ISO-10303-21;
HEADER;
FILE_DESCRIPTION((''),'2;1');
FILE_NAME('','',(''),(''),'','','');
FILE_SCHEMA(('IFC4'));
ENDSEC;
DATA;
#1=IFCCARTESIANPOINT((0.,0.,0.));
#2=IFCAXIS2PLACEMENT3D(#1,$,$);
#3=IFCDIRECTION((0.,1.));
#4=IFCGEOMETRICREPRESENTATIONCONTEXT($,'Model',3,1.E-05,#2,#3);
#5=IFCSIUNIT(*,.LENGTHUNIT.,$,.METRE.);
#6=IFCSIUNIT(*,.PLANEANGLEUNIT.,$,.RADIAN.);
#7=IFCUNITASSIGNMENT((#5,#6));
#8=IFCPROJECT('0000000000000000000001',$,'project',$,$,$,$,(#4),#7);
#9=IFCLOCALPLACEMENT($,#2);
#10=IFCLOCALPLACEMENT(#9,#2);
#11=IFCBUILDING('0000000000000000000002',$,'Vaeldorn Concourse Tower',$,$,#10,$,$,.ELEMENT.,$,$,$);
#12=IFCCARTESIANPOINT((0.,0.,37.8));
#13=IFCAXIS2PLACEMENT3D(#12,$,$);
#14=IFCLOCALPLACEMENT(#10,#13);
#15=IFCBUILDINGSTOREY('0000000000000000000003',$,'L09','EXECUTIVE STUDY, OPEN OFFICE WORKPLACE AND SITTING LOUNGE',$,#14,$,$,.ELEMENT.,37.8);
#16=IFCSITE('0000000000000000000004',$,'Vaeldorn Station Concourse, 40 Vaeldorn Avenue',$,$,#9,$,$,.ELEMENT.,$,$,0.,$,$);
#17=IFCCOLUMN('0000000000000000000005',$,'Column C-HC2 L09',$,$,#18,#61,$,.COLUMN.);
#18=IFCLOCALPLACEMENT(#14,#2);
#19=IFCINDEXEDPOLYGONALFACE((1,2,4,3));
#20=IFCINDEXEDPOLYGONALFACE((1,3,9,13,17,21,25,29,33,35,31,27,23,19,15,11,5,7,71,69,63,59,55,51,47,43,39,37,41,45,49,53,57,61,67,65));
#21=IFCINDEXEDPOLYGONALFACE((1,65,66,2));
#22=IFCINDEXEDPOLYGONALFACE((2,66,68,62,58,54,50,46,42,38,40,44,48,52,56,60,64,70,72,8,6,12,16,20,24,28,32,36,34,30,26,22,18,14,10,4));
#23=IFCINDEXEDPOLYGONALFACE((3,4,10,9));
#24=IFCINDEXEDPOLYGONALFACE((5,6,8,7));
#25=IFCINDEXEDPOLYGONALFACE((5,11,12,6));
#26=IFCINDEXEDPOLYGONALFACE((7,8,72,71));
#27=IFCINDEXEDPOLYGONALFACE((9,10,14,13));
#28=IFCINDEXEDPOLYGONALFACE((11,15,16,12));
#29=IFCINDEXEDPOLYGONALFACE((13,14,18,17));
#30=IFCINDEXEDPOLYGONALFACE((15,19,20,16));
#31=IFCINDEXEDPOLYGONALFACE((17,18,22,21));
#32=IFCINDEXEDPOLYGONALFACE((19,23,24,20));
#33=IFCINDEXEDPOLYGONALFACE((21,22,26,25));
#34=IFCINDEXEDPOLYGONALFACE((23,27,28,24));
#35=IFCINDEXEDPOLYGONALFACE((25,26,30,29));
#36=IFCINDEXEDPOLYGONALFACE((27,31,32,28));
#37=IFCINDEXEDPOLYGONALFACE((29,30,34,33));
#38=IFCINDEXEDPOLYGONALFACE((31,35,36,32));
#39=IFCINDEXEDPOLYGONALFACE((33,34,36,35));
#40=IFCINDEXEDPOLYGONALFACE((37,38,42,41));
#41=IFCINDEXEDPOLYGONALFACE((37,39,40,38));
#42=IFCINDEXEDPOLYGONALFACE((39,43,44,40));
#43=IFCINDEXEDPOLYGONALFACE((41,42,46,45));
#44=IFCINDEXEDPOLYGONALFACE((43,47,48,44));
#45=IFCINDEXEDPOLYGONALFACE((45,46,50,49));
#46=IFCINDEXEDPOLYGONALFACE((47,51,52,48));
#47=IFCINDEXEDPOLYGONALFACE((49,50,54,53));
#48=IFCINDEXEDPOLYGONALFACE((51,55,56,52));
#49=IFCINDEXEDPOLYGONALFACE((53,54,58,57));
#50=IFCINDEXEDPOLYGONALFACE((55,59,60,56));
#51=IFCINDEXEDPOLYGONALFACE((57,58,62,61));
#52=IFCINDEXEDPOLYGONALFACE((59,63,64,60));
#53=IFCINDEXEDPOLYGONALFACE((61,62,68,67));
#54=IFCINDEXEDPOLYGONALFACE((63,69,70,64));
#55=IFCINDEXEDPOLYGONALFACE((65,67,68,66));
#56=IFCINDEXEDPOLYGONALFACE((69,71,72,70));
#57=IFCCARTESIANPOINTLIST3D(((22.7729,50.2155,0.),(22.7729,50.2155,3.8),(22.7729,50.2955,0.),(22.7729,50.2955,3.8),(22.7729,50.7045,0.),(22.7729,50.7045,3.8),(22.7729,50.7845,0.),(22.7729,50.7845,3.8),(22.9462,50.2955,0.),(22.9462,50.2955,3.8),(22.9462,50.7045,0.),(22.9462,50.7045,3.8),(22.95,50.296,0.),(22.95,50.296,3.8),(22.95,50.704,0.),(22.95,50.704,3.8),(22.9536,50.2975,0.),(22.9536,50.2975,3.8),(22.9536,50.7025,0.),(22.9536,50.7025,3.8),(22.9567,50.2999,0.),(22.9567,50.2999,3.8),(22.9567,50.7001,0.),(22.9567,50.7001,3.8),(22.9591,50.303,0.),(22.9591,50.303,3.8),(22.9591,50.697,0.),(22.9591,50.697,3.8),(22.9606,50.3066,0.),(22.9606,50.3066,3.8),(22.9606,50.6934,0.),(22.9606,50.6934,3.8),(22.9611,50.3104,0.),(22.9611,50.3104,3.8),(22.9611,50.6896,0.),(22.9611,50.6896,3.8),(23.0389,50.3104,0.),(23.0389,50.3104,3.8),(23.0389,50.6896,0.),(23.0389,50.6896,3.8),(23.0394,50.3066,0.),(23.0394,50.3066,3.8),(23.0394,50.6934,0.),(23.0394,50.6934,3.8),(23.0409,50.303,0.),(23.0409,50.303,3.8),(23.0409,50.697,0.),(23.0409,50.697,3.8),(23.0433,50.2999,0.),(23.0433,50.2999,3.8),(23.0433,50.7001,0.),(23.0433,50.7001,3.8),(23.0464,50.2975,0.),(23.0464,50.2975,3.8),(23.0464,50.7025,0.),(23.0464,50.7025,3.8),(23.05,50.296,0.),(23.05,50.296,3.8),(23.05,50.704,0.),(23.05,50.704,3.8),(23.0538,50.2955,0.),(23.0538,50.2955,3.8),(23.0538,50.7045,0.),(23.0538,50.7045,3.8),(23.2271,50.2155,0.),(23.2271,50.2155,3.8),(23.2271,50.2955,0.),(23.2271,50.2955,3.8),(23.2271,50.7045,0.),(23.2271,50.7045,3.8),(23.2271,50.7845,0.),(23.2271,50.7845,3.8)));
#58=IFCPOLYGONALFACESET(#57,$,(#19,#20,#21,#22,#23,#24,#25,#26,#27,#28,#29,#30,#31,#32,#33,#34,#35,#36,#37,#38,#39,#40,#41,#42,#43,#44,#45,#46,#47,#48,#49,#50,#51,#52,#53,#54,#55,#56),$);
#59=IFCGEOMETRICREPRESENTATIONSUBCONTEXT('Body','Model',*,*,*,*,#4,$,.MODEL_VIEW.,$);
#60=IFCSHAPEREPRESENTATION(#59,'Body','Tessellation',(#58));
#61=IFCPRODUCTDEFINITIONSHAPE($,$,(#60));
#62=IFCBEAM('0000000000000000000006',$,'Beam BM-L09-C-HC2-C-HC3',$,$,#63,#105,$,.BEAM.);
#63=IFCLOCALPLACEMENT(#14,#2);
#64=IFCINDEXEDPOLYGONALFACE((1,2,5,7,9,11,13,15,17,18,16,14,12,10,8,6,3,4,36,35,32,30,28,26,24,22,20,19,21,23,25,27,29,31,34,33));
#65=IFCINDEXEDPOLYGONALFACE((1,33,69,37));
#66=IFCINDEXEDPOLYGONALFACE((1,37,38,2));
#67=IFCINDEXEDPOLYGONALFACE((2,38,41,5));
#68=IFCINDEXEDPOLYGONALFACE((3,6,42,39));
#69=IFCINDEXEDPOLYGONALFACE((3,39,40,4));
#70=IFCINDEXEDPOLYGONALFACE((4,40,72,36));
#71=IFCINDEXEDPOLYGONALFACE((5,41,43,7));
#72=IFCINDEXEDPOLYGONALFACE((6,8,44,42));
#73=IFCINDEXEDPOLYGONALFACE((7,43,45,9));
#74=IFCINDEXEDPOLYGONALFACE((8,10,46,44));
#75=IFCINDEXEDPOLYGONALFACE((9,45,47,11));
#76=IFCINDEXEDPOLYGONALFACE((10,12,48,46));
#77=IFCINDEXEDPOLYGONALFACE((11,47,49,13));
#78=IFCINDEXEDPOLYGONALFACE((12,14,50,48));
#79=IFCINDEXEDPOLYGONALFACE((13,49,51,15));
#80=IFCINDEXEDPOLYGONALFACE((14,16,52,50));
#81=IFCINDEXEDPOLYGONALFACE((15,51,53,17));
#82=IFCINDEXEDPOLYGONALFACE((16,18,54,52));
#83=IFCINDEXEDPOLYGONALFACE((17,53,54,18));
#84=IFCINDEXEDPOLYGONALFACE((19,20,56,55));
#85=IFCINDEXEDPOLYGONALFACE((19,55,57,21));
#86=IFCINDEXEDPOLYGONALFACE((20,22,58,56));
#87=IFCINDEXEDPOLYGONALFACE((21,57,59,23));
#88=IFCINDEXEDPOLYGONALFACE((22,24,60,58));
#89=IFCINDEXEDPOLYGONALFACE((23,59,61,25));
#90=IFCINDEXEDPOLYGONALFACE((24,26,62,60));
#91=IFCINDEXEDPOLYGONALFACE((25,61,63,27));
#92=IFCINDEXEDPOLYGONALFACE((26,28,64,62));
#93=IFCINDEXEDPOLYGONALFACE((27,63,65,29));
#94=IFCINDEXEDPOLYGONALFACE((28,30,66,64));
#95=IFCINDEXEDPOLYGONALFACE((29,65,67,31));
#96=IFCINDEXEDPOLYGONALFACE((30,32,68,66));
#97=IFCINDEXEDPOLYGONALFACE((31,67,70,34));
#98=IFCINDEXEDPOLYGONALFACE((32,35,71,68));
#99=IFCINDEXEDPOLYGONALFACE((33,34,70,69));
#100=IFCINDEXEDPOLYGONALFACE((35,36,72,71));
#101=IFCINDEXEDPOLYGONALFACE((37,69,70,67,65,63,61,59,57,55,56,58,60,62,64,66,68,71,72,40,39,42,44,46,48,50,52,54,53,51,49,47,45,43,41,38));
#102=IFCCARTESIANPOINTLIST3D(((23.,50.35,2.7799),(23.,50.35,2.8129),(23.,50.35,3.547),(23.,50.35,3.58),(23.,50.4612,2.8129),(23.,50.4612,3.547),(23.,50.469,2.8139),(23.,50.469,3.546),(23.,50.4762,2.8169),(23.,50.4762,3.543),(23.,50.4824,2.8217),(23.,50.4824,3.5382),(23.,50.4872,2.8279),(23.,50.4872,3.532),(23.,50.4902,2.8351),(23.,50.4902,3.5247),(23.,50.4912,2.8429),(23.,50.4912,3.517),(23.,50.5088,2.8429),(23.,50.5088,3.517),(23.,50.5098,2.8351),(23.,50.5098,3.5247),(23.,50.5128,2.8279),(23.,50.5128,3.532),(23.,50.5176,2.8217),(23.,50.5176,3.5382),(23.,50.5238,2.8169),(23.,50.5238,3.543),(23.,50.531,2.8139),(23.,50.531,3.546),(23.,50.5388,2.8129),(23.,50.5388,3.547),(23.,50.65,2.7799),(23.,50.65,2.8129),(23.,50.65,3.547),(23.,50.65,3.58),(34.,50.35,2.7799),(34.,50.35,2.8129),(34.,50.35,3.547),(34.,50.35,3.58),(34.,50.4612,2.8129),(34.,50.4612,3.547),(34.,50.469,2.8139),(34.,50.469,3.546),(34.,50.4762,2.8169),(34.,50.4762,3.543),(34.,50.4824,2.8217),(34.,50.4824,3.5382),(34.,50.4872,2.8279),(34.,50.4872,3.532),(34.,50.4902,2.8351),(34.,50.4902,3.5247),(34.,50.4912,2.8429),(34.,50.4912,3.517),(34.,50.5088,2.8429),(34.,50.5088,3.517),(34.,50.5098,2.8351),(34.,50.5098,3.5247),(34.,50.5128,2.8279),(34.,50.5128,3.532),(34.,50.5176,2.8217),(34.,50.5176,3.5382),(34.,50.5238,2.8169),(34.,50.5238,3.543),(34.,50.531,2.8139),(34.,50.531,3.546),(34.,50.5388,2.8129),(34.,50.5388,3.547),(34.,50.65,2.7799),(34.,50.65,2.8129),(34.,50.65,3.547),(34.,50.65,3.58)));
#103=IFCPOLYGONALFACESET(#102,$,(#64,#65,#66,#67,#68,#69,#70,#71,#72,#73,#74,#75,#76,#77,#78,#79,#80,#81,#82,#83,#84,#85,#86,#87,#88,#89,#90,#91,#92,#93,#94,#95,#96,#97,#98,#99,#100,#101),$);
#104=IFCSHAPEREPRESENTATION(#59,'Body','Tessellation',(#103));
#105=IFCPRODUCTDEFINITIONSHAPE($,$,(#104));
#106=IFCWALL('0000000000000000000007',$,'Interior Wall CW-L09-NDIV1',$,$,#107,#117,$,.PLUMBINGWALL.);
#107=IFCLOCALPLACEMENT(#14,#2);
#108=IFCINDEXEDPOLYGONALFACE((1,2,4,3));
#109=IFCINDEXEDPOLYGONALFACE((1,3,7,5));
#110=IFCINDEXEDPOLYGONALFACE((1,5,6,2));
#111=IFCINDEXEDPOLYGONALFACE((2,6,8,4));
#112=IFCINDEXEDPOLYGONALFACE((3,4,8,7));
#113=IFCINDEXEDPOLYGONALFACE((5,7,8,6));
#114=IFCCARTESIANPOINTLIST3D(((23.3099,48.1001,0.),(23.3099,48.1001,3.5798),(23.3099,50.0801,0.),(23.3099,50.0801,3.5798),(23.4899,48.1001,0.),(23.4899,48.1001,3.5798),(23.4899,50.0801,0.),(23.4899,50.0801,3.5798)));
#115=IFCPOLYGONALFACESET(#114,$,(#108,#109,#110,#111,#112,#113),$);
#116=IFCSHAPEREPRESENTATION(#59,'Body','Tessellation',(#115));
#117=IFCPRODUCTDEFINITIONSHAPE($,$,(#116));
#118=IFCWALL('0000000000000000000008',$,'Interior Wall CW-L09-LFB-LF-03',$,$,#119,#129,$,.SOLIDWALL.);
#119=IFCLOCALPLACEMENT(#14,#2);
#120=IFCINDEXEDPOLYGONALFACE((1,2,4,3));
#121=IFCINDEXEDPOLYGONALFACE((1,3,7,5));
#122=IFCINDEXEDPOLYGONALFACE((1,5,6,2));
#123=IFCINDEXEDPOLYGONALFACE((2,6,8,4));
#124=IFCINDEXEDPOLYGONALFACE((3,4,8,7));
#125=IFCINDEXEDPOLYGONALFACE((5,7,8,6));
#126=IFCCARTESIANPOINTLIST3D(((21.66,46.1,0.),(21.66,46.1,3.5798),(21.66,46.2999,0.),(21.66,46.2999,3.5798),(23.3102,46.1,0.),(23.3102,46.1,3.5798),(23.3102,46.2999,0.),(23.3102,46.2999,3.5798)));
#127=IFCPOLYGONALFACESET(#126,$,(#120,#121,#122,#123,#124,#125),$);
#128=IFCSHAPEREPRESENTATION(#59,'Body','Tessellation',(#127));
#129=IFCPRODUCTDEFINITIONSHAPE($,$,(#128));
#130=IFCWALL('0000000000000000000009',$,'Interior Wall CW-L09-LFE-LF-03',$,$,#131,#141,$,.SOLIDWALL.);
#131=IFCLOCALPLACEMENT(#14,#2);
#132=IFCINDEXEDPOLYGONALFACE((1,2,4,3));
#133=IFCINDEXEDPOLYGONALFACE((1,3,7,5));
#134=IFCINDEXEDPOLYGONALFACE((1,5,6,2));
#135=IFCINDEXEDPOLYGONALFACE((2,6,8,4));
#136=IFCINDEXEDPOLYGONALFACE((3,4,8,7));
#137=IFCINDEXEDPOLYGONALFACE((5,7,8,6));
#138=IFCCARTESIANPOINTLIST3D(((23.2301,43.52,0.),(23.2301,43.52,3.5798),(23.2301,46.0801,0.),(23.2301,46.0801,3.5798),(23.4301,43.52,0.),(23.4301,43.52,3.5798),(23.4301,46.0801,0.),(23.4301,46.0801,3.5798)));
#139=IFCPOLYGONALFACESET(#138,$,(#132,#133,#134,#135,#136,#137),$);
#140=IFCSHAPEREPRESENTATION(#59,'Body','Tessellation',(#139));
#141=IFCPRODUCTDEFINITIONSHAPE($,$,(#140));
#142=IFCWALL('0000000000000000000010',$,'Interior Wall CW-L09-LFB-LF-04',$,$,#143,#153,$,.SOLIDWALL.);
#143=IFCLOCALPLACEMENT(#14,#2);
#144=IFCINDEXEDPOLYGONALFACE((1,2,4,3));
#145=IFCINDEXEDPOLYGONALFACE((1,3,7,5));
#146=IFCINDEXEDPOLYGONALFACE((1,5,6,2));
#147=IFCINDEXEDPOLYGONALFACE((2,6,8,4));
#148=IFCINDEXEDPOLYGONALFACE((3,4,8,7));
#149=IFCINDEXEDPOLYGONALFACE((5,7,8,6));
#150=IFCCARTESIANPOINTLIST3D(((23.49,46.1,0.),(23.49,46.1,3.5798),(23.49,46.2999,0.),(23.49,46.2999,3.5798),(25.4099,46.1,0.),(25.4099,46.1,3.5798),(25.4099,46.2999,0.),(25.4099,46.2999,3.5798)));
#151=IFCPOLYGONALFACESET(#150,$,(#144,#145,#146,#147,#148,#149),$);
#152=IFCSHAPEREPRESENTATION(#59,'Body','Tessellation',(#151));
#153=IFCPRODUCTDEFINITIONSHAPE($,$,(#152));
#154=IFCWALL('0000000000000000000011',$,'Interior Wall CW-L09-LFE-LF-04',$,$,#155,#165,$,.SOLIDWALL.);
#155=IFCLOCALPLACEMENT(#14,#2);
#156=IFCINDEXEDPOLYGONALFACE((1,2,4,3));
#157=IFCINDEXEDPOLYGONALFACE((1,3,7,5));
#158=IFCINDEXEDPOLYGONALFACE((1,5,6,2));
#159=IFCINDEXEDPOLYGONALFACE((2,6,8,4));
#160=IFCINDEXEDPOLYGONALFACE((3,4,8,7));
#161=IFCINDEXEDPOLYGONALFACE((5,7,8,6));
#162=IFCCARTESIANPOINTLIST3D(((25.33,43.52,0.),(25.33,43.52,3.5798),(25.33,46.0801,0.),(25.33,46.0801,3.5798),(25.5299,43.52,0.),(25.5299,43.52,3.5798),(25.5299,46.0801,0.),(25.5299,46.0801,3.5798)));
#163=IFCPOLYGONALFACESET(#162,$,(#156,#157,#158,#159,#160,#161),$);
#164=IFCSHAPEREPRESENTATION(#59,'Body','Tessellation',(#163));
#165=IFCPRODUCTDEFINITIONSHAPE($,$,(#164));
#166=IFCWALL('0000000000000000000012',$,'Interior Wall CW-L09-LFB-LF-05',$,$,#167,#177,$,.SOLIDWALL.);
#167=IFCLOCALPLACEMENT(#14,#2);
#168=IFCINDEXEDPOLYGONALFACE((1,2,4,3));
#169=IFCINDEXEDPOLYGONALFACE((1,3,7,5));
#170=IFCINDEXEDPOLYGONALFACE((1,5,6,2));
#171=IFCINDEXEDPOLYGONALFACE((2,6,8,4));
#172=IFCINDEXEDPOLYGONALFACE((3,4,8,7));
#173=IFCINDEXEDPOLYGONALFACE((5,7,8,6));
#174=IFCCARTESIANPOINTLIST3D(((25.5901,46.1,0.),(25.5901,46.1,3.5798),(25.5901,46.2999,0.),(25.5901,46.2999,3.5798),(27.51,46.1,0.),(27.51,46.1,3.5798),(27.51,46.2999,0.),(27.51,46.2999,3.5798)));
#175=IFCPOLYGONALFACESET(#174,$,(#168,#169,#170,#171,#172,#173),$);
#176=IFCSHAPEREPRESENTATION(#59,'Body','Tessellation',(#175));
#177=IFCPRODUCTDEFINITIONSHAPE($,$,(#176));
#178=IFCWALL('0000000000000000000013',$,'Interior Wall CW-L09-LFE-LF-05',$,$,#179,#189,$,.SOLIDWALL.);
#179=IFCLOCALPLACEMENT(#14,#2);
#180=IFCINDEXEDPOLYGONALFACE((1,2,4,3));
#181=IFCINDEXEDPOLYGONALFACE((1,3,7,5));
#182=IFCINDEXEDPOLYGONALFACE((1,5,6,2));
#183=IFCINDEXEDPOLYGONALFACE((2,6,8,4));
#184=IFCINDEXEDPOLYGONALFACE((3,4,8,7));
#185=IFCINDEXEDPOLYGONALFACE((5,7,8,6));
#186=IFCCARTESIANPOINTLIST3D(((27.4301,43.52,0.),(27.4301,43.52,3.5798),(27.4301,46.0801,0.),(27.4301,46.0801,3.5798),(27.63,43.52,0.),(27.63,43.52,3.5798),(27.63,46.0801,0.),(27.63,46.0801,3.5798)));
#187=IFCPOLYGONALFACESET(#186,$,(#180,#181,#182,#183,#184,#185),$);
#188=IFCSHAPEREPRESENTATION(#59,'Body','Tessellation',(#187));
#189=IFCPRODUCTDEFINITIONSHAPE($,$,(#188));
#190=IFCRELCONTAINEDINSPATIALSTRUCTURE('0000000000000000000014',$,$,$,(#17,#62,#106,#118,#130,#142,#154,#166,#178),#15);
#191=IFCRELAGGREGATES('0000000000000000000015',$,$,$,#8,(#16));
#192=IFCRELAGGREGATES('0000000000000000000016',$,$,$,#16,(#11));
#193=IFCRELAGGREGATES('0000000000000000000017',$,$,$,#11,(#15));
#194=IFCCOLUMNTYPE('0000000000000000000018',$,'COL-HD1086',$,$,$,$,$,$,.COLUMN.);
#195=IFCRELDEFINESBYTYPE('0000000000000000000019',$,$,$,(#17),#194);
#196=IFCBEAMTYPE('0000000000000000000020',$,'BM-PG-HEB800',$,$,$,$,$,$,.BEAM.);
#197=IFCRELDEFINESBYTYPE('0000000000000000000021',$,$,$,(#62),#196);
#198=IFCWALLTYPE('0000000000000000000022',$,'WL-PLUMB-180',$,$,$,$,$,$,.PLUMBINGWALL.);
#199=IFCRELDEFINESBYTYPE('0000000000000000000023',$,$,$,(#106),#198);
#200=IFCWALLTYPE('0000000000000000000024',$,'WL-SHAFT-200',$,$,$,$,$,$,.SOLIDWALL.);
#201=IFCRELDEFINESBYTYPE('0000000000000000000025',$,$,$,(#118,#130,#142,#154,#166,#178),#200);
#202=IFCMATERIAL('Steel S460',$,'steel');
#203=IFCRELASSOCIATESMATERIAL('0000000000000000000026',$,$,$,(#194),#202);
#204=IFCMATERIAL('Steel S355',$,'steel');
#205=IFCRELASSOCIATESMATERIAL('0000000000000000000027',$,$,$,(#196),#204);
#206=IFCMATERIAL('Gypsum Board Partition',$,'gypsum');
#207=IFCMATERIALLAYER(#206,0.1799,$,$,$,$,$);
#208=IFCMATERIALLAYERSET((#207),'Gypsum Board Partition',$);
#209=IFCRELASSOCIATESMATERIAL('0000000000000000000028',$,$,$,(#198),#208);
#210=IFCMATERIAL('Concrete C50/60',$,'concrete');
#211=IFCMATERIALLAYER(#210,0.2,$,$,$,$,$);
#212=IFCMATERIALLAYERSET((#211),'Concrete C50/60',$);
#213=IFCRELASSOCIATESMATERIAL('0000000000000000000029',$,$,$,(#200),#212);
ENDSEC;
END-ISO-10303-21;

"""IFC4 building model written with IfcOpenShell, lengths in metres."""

from ifc_helpers import new_model, si_unit, direction, frame, frame_2d, origin, origin_2d, place, context, subcontext, project, spatial, rectangle, i_section, extrude, source, transform, mapped, material, layer, layer_set, material_profile, profile_set, type_object, element, save


model = new_model("IFC4")

# Units and contexts
model_context = context("Model", 3, precision=1e-05, world=origin(), true_north=direction((0.0, 1.0)))
body_context = subcontext(model_context, "Body", "Model", "MODEL_VIEW")
ifc_project = project(units=[si_unit("LENGTHUNIT", "METRE"), si_unit("PLANEANGLEUNIT", "RADIAN")], contexts=[model_context])

# Site, building, storey
site_placement = place(None, origin())
site = spatial("IfcSite", under=ifc_project, at=site_placement, Name="Vaeldorn Station Concourse, 40 Vaeldorn Avenue", CompositionType="ELEMENT", RefElevation=0.0)
building_placement = place(site_placement, origin())
building = spatial("IfcBuilding", under=site, at=building_placement, Name="Vaeldorn Concourse Tower", CompositionType="ELEMENT")
storey_placement = place(building_placement, frame((0.0, 0.0, 37.8)))
storey = spatial("IfcBuildingStorey", under=building, at=storey_placement, Name="L09", Description="EXECUTIVE STUDY, OPEN OFFICE WORKPLACE AND SITTING LOUNGE", CompositionType="ELEMENT", Elevation=37.8)

# Column
ifc_material_1 = material(Name="Steel S460", Category="steel")
ifc_material_profile_1 = material_profile(ifc_material_1, i_section(OverallWidth=0.4541, OverallDepth=0.5691, WebThickness=0.0779, FlangeThickness=0.0801, FilletRadius=0.0149, at=origin_2d()), Name="HD 400x1086")
ifc_profile_set_1 = profile_set([ifc_material_profile_1], Name="Steel S460")
column_type = type_object("IfcColumnType", Name="COL-HD1086", PredefinedType="COLUMN", material=ifc_profile_set_1)
shared_shape_1 = source(origin(), body_context, "Body", "SweptSolid", [
    extrude(i_section(OverallWidth=0.4541, OverallDepth=0.5691, WebThickness=0.0779, FlangeThickness=0.0801, FilletRadius=0.0149, at=origin_2d()), origin(), (0.0, 0.0, 1.0), 3.8),
])
column_placement = place(storey_placement, frame((23.0, 50.5, 0.0), z_axis=(0.0, 0.0, 1.0), x_axis=(1.0, 0.0, 0.0)))
element("IfcColumn", 1, at=column_placement, inside=storey, type_object=column_type, Name="Column C-HC2 L09", PredefinedType="COLUMN", context=body_context, shape_type="MappedRepresentation", body=[
    mapped(shared_shape_1, transform((0.0, 0.0, 0.0), scale=1.0)),
])

# Beam
ifc_material_2 = material(Name="Steel S355", Category="steel")
ifc_material_profile_2 = material_profile(ifc_material_2, i_section(OverallWidth=0.3, OverallDepth=0.8, WebThickness=0.0176, FlangeThickness=0.033, FilletRadius=0.03, at=origin_2d()), Name="HEB 800")
ifc_profile_set_2 = profile_set([ifc_material_profile_2], Name="Steel S355")
beam_type = type_object("IfcBeamType", Name="BM-PG-HEB800", PredefinedType="BEAM", material=ifc_profile_set_2)
shared_shape_2 = source(origin(), body_context, "Body", "SweptSolid", [
    extrude(i_section(OverallWidth=0.3, OverallDepth=0.8, WebThickness=0.0176, FlangeThickness=0.033, FilletRadius=0.03, at=origin_2d()), origin(), (0.0, 0.0, 1.0), 11.0),
])
beam_placement = place(storey_placement, frame((23.0, 50.5, 3.1799), z_axis=(1.0, 0.0, 0.0), x_axis=(0.0, 1.0, 0.0)))
element("IfcBeam", 2, at=beam_placement, inside=storey, type_object=beam_type, Name="Beam BM-L09-C-HC2-C-HC3", PredefinedType="BEAM", context=body_context, shape_type="MappedRepresentation", body=[
    mapped(shared_shape_2, transform((0.0, 0.0, 0.0), scale=1.0)),
])

# Walls
ifc_material_3 = material(Name="Gypsum Board Partition", Category="gypsum")
ifc_layer_1 = layer(ifc_material_3, 0.1799)
ifc_layer_set_1 = layer_set([ifc_layer_1], Name="Gypsum Board Partition")
wall_type_1 = type_object("IfcWallType", Name="WL-PLUMB-180", PredefinedType="PLUMBINGWALL", material=ifc_layer_set_1)
wall_1_placement = place(storey_placement, frame((23.3999, 48.1001, 0.0), z_axis=(0.0, 0.0, 1.0), x_axis=(0.0, 1.0, 0.0)))
element("IfcWall", 3, at=wall_1_placement, inside=storey, type_object=wall_type_1, Name="Interior Wall CW-L09-NDIV1", PredefinedType="PLUMBINGWALL", context=body_context, shape_type="SweptSolid", body=[
    extrude(rectangle(XDim=1.98, YDim=0.1799, at=frame_2d((0.99, 0.0))), origin(), (0.0, 0.0, 1.0), 3.5798),
])
ifc_material_4 = material(Name="Concrete C50/60", Category="concrete")
ifc_layer_2 = layer(ifc_material_4, 0.2)
ifc_layer_set_2 = layer_set([ifc_layer_2], Name="Concrete C50/60")
wall_type_2 = type_object("IfcWallType", Name="WL-SHAFT-200", PredefinedType="SOLIDWALL", material=ifc_layer_set_2)
wall_2_placement = place(storey_placement, frame((21.6599, 46.2, 0.0), z_axis=(0.0, 0.0, 1.0), x_axis=(1.0, 0.0, 0.0)))
element("IfcWall", 4, at=wall_2_placement, inside=storey, type_object=wall_type_2, Name="Interior Wall CW-L09-LFB-LF-03", PredefinedType="SOLIDWALL", context=body_context, shape_type="SweptSolid", body=[
    extrude(rectangle(XDim=1.6501, YDim=0.2, at=frame_2d((0.8252, 0.0))), origin(), (0.0, 0.0, 1.0), 3.5798),
])
wall_3_placement = place(storey_placement, frame((23.3301, 43.52, 0.0), z_axis=(0.0, 0.0, 1.0), x_axis=(0.0, 1.0, 0.0)))
element("IfcWall", 5, at=wall_3_placement, inside=storey, type_object=wall_type_2, Name="Interior Wall CW-L09-LFE-LF-03", PredefinedType="SOLIDWALL", context=body_context, shape_type="SweptSolid", body=[
    extrude(rectangle(XDim=2.5601, YDim=0.2, at=frame_2d((1.28, 0.0))), origin(), (0.0, 0.0, 1.0), 3.5798),
])

# Walls
wall_4_placement = place(storey_placement, frame((23.49, 46.2, 0.0), z_axis=(0.0, 0.0, 1.0), x_axis=(1.0, 0.0, 0.0)))
element("IfcWall", 6, at=wall_4_placement, inside=storey, type_object=wall_type_2, Name="Interior Wall CW-L09-LFB-LF-04", PredefinedType="SOLIDWALL", context=body_context, shape_type="SweptSolid", body=[
    extrude(rectangle(XDim=1.9199, YDim=0.2, at=frame_2d((0.96, 0.0))), origin(), (0.0, 0.0, 1.0), 3.5798),
])
wall_5_placement = place(storey_placement, frame((25.4299, 43.52, 0.0), z_axis=(0.0, 0.0, 1.0), x_axis=(0.0, 1.0, 0.0)))
element("IfcWall", 7, at=wall_5_placement, inside=storey, type_object=wall_type_2, Name="Interior Wall CW-L09-LFE-LF-04", PredefinedType="SOLIDWALL", context=body_context, shape_type="SweptSolid", body=[
    extrude(rectangle(XDim=2.5601, YDim=0.2, at=frame_2d((1.28, 0.0))), origin(), (0.0, 0.0, 1.0), 3.5798),
])

# Walls
wall_6_placement = place(storey_placement, frame((25.5901, 46.2, 0.0), z_axis=(0.0, 0.0, 1.0), x_axis=(1.0, 0.0, 0.0)))
element("IfcWall", 8, at=wall_6_placement, inside=storey, type_object=wall_type_2, Name="Interior Wall CW-L09-LFB-LF-05", PredefinedType="SOLIDWALL", context=body_context, shape_type="SweptSolid", body=[
    extrude(rectangle(XDim=1.9199, YDim=0.2, at=frame_2d((0.96, 0.0))), origin(), (0.0, 0.0, 1.0), 3.5798),
])
wall_7_placement = place(storey_placement, frame((27.53, 43.52, 0.0), z_axis=(0.0, 0.0, 1.0), x_axis=(0.0, 1.0, 0.0)))
element("IfcWall", 9, at=wall_7_placement, inside=storey, type_object=wall_type_2, Name="Interior Wall CW-L09-LFE-LF-05", PredefinedType="SOLIDWALL", context=body_context, shape_type="SweptSolid", body=[
    extrude(rectangle(XDim=2.5601, YDim=0.2, at=frame_2d((1.28, 0.0))), origin(), (0.0, 0.0, 1.0), 3.5798),
])

save(model, "model.ifc")
